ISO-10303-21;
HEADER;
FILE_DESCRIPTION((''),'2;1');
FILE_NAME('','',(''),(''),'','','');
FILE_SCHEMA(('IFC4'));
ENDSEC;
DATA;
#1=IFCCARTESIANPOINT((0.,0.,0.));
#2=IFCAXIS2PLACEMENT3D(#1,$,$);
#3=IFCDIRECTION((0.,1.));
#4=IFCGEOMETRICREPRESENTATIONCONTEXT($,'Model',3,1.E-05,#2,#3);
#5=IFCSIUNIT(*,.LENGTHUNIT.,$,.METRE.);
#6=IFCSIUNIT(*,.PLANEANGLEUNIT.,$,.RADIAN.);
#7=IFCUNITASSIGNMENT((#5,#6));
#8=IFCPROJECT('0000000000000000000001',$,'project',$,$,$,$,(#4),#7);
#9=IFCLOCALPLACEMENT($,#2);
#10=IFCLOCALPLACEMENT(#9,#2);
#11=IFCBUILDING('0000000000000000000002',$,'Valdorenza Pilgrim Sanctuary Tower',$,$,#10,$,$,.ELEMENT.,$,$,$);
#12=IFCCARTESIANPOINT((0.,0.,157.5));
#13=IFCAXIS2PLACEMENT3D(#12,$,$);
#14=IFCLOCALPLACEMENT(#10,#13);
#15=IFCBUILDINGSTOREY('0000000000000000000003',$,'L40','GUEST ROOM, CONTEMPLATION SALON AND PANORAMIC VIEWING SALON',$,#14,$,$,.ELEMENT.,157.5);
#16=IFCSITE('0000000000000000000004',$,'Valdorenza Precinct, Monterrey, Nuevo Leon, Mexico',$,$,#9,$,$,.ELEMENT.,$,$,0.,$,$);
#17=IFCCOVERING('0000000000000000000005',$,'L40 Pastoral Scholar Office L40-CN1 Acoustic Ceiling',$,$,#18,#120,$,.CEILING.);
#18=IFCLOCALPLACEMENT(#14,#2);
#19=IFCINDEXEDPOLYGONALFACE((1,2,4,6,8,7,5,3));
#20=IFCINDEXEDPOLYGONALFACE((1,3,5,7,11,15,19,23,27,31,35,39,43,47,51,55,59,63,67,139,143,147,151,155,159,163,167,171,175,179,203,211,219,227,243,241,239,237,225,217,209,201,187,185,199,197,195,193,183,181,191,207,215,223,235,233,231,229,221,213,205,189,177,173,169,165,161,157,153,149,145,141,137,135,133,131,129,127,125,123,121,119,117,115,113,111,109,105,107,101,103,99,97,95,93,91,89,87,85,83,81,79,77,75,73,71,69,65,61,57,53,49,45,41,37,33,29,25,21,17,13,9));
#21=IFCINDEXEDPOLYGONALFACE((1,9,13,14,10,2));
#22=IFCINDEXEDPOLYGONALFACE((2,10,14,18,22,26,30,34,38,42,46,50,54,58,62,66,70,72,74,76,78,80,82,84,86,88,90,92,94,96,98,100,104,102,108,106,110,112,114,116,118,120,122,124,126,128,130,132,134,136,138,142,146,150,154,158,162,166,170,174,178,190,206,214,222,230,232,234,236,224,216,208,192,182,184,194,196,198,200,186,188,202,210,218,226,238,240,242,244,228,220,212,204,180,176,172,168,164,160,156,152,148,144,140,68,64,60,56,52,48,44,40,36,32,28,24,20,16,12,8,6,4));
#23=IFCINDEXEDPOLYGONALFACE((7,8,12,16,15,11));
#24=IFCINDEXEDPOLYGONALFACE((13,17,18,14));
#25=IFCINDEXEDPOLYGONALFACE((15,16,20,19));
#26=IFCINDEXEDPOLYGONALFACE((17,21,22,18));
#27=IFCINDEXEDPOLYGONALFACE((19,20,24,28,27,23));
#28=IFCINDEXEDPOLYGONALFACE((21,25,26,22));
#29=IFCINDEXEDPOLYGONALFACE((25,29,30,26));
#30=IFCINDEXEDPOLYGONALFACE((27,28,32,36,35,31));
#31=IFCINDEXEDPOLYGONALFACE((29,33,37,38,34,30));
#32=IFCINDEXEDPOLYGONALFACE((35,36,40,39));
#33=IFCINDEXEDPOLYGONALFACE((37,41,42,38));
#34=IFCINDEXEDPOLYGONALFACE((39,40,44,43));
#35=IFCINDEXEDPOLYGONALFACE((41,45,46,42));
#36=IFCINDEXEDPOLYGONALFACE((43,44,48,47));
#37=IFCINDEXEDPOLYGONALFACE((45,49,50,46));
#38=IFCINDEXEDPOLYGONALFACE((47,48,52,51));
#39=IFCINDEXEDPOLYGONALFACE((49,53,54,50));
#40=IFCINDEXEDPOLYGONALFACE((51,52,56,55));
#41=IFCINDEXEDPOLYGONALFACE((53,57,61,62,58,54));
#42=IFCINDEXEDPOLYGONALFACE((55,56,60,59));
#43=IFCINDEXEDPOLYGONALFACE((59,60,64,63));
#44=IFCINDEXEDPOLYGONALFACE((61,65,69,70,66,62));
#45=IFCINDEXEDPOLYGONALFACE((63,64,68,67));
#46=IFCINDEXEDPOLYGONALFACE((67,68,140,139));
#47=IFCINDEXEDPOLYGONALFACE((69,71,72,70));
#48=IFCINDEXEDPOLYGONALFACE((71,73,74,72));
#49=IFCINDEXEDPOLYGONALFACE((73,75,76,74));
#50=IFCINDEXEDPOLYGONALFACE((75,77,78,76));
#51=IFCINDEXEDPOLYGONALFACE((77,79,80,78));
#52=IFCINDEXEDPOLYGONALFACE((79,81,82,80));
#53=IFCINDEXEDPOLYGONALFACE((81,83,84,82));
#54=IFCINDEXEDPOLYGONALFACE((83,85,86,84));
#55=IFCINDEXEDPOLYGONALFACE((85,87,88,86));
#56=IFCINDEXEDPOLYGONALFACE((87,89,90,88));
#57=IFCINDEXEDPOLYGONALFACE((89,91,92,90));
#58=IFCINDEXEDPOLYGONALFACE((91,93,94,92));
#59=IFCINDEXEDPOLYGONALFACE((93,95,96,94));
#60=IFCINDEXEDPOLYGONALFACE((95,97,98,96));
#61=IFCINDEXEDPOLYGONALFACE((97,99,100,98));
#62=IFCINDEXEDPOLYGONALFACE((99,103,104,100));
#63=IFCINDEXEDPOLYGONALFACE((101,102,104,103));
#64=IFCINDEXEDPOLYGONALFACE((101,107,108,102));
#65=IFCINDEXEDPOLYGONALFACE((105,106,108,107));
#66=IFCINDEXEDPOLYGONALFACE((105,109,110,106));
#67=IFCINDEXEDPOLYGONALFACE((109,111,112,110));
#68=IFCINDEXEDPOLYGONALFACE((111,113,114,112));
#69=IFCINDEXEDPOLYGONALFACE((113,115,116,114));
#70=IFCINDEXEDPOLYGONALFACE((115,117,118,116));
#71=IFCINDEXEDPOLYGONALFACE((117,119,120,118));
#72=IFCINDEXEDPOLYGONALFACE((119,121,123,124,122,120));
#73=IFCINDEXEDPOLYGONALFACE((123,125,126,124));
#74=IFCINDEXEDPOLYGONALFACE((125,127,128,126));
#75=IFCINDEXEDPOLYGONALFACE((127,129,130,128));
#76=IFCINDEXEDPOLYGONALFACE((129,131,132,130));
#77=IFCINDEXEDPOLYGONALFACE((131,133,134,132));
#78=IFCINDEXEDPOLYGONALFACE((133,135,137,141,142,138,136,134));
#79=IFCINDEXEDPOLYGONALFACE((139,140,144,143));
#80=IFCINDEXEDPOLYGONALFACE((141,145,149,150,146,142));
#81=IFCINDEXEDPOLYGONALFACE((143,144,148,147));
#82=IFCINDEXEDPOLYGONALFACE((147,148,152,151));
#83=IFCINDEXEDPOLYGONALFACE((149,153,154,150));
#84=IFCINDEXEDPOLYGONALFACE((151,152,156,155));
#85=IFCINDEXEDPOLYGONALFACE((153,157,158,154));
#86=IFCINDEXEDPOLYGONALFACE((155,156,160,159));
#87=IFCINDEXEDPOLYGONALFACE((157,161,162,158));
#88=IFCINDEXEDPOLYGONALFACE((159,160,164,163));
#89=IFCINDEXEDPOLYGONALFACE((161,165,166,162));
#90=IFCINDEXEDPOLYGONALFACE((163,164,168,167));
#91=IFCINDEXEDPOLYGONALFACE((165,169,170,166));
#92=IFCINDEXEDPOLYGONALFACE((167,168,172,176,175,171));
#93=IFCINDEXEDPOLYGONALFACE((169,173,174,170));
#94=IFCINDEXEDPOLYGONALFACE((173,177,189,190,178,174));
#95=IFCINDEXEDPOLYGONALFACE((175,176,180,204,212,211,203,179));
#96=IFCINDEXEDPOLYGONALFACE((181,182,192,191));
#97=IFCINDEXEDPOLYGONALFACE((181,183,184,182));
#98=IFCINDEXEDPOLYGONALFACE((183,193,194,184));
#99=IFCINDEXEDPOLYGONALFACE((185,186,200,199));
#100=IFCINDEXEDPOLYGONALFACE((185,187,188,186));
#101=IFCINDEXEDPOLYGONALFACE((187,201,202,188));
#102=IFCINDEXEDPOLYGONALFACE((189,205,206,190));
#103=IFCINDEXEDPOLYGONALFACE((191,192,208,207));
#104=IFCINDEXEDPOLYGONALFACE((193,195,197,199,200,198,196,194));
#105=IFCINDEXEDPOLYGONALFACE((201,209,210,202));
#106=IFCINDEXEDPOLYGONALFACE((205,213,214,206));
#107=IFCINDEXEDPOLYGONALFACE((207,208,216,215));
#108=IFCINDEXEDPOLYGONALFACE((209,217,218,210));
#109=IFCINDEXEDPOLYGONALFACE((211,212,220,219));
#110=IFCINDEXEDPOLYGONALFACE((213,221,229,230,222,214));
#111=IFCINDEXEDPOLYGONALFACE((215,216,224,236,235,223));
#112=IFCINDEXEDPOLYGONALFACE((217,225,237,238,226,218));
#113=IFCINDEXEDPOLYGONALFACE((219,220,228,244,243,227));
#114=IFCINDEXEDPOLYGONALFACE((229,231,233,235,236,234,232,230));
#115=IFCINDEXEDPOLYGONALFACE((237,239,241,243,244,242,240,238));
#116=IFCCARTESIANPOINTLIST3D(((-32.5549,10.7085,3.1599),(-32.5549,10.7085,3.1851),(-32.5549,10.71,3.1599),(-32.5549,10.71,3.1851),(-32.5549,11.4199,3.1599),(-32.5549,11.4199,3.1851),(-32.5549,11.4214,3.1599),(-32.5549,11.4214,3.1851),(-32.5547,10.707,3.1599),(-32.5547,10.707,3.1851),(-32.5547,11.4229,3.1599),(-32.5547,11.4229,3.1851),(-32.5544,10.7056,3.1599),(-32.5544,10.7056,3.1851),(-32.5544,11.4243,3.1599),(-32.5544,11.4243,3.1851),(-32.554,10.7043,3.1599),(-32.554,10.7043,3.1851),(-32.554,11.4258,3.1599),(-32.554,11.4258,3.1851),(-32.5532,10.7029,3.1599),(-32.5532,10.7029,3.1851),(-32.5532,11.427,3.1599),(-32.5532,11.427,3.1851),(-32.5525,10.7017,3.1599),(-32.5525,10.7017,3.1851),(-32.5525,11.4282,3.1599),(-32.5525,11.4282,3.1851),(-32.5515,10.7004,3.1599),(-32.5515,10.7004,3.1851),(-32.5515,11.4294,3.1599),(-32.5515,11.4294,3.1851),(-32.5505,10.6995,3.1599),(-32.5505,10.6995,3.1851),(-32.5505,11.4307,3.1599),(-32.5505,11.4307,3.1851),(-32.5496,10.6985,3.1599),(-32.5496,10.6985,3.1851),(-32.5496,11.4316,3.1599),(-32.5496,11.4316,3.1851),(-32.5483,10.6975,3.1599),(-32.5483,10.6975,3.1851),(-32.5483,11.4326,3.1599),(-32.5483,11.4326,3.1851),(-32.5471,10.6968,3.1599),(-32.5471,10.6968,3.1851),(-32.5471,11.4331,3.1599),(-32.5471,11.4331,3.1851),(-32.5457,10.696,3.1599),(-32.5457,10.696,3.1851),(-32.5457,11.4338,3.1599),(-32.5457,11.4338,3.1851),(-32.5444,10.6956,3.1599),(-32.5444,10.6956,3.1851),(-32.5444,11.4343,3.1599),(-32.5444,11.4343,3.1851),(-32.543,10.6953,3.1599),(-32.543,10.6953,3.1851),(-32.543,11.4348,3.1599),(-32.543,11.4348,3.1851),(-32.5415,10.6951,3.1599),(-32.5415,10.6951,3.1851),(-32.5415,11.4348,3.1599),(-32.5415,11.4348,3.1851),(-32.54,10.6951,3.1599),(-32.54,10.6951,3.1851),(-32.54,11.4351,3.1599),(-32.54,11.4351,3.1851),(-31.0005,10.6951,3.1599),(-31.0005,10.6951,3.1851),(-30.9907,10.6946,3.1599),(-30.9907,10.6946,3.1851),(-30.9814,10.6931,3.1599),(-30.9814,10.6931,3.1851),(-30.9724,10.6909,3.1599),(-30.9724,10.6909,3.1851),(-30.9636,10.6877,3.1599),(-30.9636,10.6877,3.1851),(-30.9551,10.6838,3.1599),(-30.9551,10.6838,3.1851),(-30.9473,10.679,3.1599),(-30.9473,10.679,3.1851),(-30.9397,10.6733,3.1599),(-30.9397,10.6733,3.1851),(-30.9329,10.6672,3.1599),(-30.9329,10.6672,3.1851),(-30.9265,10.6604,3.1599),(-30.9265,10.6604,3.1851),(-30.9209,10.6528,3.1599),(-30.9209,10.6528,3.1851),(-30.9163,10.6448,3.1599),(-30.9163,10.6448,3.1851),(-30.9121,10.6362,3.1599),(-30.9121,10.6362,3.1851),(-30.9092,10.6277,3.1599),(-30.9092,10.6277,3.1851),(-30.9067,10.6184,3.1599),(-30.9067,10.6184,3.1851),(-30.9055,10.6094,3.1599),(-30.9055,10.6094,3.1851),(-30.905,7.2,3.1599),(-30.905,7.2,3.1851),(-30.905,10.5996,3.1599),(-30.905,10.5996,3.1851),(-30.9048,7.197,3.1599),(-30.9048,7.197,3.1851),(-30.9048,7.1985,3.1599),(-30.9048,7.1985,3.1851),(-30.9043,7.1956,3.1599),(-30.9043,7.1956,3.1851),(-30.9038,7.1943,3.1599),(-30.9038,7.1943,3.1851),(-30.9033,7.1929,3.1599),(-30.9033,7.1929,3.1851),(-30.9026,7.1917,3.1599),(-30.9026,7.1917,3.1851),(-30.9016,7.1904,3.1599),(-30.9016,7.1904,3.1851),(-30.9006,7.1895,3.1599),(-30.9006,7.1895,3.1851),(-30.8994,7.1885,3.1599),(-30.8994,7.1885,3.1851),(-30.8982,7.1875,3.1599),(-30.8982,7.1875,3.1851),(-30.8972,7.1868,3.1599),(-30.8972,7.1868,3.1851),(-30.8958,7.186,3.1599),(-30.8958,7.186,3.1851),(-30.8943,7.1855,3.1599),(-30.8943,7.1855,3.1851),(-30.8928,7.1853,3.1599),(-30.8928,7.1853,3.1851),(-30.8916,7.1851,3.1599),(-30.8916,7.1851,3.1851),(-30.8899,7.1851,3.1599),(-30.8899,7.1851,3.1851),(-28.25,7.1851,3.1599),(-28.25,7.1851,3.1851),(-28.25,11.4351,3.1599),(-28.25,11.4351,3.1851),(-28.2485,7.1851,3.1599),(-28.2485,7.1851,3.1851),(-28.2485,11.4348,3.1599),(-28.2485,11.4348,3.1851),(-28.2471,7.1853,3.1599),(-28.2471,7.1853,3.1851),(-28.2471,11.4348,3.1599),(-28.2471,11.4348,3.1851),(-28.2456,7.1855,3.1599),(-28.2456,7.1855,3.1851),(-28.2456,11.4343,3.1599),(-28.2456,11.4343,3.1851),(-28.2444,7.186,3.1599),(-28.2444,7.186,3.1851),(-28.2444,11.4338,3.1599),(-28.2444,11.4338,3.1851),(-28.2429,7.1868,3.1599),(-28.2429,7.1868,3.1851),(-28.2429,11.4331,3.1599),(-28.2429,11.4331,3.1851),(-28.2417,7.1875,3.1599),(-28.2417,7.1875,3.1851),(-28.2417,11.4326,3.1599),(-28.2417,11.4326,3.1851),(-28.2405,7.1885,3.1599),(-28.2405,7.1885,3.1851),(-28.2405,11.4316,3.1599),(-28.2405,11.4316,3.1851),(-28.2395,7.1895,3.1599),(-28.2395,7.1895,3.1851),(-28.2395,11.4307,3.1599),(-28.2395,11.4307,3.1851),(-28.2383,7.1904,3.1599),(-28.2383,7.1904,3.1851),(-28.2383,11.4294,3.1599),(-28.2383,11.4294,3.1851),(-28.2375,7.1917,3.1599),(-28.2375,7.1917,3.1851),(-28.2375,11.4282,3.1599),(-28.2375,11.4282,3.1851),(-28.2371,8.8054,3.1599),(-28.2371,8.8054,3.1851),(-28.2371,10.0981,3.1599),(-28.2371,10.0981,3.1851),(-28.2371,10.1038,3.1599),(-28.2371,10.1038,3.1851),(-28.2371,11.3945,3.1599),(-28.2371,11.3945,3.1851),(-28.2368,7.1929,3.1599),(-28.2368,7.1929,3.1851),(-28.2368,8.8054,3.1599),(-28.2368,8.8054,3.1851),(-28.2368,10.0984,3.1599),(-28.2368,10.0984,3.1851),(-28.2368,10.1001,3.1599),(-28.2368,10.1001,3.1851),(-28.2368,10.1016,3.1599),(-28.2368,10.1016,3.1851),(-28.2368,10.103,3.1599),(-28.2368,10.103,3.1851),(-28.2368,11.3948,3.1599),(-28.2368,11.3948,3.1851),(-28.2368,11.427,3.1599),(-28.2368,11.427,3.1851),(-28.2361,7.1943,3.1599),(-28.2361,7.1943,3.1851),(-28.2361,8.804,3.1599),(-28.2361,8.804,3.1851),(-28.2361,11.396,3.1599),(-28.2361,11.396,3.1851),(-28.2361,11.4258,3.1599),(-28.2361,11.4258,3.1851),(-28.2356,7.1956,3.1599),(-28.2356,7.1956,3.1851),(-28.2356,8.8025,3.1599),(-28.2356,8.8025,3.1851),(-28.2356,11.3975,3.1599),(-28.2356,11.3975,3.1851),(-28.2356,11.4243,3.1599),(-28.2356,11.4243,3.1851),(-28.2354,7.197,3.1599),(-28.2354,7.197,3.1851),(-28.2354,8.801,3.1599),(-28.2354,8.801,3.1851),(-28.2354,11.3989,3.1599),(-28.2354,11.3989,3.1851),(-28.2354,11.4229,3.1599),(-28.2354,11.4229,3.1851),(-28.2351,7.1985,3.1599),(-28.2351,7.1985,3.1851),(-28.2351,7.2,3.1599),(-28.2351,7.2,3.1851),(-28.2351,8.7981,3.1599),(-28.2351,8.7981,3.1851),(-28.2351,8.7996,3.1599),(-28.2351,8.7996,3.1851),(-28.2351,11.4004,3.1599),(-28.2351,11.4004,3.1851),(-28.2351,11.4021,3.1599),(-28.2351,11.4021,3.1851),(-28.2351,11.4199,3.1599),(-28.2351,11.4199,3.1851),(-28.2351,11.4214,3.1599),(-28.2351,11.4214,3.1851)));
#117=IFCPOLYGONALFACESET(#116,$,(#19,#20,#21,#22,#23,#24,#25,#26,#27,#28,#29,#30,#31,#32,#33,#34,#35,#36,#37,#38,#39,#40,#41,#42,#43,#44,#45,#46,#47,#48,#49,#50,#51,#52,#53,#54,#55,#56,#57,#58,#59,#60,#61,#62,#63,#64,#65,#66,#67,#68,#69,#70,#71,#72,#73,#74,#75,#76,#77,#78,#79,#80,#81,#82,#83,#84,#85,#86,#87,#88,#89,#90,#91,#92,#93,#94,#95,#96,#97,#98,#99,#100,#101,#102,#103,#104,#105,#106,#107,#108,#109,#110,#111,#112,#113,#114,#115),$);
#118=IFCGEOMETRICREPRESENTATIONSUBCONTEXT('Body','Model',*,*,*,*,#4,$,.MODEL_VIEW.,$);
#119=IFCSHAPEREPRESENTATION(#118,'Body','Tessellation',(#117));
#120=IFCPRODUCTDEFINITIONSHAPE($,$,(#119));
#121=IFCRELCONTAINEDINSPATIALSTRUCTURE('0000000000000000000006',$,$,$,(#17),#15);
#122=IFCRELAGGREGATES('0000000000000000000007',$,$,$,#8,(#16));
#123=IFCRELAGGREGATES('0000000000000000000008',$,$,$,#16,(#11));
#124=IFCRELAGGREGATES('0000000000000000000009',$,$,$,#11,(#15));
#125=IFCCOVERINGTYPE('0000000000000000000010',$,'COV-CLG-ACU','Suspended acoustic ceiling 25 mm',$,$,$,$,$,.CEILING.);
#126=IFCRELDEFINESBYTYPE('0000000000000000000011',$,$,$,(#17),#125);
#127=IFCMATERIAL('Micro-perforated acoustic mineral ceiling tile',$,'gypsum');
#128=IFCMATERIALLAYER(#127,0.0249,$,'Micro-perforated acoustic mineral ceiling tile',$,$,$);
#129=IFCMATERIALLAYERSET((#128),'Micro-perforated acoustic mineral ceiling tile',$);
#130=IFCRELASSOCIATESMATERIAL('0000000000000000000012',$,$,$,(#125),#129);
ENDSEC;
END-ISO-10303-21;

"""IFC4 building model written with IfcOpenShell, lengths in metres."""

from ifc_helpers import new_model, si_unit, direction, frame, origin, place, context, subcontext, project, spatial, polyline, outline, extrude, material, layer, layer_set, type_object, element, save


model = new_model("IFC4")

# Units and contexts
model_context = context("Model", 3, precision=1e-05, world=origin(), true_north=direction((0.0, 1.0)))
body_context = subcontext(model_context, "Body", "Model", "MODEL_VIEW")
ifc_project = project(units=[si_unit("LENGTHUNIT", "METRE"), si_unit("PLANEANGLEUNIT", "RADIAN")], contexts=[model_context])

# Site, building, storey
site_placement = place(None, origin())
site = spatial("IfcSite", under=ifc_project, at=site_placement, Name="Valdorenza Precinct, Monterrey, Nuevo Leon, Mexico", CompositionType="ELEMENT", RefElevation=0.0)
building_placement = place(site_placement, origin())
building = spatial("IfcBuilding", under=site, at=building_placement, Name="Valdorenza Pilgrim Sanctuary Tower", CompositionType="ELEMENT")
storey_placement = place(building_placement, frame((0.0, 0.0, 157.5)))
storey = spatial("IfcBuildingStorey", under=building, at=storey_placement, Name="L40", Description="GUEST ROOM, CONTEMPLATION SALON AND PANORAMIC VIEWING SALON", CompositionType="ELEMENT", Elevation=157.5)

# Covering
ifc_material_1 = material(Name="Micro-perforated acoustic mineral ceiling tile", Category="gypsum")
ifc_layer_1 = layer(ifc_material_1, 0.0249, Name="Micro-perforated acoustic mineral ceiling tile")
ifc_layer_set_1 = layer_set([ifc_layer_1], Name="Micro-perforated acoustic mineral ceiling tile")
covering_type_1 = type_object("IfcCoveringType", Name="COV-CLG-ACU", Description="Suspended acoustic ceiling 25 mm", PredefinedType="CEILING", material=ifc_layer_set_1)
covering_1_placement = place(storey_placement, frame((0.0, 0.0, 3.1599)))
element("IfcCovering", 1, at=covering_1_placement, inside=storey, type_object=covering_type_1, Name="L40 Pastoral Scholar Office L40-CN1 Acoustic Ceiling", PredefinedType="CEILING", context=body_context, shape_type="SweptSolid", body=[
    extrude(outline(polyline([(-28.2371, 8.8054), (-28.2368, 8.8054), (-28.2361, 8.804), (-28.2356, 8.8025), (-28.2354, 8.801), (-28.2351, 8.7996), (-28.2351, 8.7981), (-28.2351, 7.2), (-28.2351, 7.1985), (-28.2354, 7.197), (-28.2356, 7.1956), (-28.2361, 7.1943), (-28.2368, 7.1929), (-28.2375, 7.1917), (-28.2383, 7.1904), (-28.2395, 7.1895), (-28.2405, 7.1885), (-28.2417, 7.1875), (-28.2429, 7.1868), (-28.2444, 7.186), (-28.2456, 7.1855), (-28.2471, 7.1853), (-28.2485, 7.1851), (-28.25, 7.1851), (-30.8899, 7.1851), (-30.8916, 7.1851), (-30.8928, 7.1853), (-30.8943, 7.1855), (-30.8958, 7.186), (-30.8972, 7.1868), (-30.8982, 7.1875), (-30.8994, 7.1885), (-30.9006, 7.1895), (-30.9016, 7.1904), (-30.9026, 7.1917), (-30.9033, 7.1929), (-30.9038, 7.1943), (-30.9043, 7.1956), (-30.9048, 7.197), (-30.9048, 7.1985), (-30.905, 7.2), (-30.905, 10.5996), (-30.9055, 10.6094), (-30.9067, 10.6184), (-30.9092, 10.6277), (-30.9121, 10.6362), (-30.9163, 10.6448), (-30.9209, 10.6528), (-30.9265, 10.6604), (-30.9329, 10.6672), (-30.9397, 10.6733), (-30.9473, 10.679), (-30.9551, 10.6838), (-30.9636, 10.6877), (-30.9724, 10.6909), (-30.9814, 10.6931), (-30.9907, 10.6946), (-31.0005, 10.6951), (-32.54, 10.6951), (-32.5415, 10.6951), (-32.543, 10.6953), (-32.5444, 10.6956), (-32.5457, 10.696), (-32.5471, 10.6968), (-32.5483, 10.6975), (-32.5496, 10.6985), (-32.5505, 10.6995), (-32.5515, 10.7004), (-32.5525, 10.7017), (-32.5532, 10.7029), (-32.554, 10.7043), (-32.5544, 10.7056), (-32.5547, 10.707), (-32.5549, 10.7085), (-32.5549, 10.71), (-32.5549, 11.4199), (-32.5549, 11.4214), (-32.5547, 11.4229), (-32.5544, 11.4243), (-32.554, 11.4258), (-32.5532, 11.427), (-32.5525, 11.4282), (-32.5515, 11.4294), (-32.5505, 11.4307), (-32.5496, 11.4316), (-32.5483, 11.4326), (-32.5471, 11.4331), (-32.5457, 11.4338), (-32.5444, 11.4343), (-32.543, 11.4348), (-32.5415, 11.4348), (-32.54, 11.4351), (-28.25, 11.4351), (-28.2485, 11.4348), (-28.2471, 11.4348), (-28.2456, 11.4343), (-28.2444, 11.4338), (-28.2429, 11.4331), (-28.2417, 11.4326), (-28.2405, 11.4316), (-28.2395, 11.4307), (-28.2383, 11.4294), (-28.2375, 11.4282), (-28.2368, 11.427), (-28.2361, 11.4258), (-28.2356, 11.4243), (-28.2354, 11.4229), (-28.2351, 11.4214), (-28.2351, 11.4199), (-28.2351, 11.4021), (-28.2351, 11.4004), (-28.2354, 11.3989), (-28.2356, 11.3975), (-28.2361, 11.396), (-28.2368, 11.3948), (-28.2371, 11.3945), (-28.2371, 10.1038), (-28.2368, 10.103), (-28.2368, 10.1016), (-28.2368, 10.1001), (-28.2368, 10.0984), (-28.2371, 10.0981), (-28.2371, 8.8054)])), origin(), (0.0, 0.0, 1.0), 0.0251),
])

save(model, "model.ifc")
